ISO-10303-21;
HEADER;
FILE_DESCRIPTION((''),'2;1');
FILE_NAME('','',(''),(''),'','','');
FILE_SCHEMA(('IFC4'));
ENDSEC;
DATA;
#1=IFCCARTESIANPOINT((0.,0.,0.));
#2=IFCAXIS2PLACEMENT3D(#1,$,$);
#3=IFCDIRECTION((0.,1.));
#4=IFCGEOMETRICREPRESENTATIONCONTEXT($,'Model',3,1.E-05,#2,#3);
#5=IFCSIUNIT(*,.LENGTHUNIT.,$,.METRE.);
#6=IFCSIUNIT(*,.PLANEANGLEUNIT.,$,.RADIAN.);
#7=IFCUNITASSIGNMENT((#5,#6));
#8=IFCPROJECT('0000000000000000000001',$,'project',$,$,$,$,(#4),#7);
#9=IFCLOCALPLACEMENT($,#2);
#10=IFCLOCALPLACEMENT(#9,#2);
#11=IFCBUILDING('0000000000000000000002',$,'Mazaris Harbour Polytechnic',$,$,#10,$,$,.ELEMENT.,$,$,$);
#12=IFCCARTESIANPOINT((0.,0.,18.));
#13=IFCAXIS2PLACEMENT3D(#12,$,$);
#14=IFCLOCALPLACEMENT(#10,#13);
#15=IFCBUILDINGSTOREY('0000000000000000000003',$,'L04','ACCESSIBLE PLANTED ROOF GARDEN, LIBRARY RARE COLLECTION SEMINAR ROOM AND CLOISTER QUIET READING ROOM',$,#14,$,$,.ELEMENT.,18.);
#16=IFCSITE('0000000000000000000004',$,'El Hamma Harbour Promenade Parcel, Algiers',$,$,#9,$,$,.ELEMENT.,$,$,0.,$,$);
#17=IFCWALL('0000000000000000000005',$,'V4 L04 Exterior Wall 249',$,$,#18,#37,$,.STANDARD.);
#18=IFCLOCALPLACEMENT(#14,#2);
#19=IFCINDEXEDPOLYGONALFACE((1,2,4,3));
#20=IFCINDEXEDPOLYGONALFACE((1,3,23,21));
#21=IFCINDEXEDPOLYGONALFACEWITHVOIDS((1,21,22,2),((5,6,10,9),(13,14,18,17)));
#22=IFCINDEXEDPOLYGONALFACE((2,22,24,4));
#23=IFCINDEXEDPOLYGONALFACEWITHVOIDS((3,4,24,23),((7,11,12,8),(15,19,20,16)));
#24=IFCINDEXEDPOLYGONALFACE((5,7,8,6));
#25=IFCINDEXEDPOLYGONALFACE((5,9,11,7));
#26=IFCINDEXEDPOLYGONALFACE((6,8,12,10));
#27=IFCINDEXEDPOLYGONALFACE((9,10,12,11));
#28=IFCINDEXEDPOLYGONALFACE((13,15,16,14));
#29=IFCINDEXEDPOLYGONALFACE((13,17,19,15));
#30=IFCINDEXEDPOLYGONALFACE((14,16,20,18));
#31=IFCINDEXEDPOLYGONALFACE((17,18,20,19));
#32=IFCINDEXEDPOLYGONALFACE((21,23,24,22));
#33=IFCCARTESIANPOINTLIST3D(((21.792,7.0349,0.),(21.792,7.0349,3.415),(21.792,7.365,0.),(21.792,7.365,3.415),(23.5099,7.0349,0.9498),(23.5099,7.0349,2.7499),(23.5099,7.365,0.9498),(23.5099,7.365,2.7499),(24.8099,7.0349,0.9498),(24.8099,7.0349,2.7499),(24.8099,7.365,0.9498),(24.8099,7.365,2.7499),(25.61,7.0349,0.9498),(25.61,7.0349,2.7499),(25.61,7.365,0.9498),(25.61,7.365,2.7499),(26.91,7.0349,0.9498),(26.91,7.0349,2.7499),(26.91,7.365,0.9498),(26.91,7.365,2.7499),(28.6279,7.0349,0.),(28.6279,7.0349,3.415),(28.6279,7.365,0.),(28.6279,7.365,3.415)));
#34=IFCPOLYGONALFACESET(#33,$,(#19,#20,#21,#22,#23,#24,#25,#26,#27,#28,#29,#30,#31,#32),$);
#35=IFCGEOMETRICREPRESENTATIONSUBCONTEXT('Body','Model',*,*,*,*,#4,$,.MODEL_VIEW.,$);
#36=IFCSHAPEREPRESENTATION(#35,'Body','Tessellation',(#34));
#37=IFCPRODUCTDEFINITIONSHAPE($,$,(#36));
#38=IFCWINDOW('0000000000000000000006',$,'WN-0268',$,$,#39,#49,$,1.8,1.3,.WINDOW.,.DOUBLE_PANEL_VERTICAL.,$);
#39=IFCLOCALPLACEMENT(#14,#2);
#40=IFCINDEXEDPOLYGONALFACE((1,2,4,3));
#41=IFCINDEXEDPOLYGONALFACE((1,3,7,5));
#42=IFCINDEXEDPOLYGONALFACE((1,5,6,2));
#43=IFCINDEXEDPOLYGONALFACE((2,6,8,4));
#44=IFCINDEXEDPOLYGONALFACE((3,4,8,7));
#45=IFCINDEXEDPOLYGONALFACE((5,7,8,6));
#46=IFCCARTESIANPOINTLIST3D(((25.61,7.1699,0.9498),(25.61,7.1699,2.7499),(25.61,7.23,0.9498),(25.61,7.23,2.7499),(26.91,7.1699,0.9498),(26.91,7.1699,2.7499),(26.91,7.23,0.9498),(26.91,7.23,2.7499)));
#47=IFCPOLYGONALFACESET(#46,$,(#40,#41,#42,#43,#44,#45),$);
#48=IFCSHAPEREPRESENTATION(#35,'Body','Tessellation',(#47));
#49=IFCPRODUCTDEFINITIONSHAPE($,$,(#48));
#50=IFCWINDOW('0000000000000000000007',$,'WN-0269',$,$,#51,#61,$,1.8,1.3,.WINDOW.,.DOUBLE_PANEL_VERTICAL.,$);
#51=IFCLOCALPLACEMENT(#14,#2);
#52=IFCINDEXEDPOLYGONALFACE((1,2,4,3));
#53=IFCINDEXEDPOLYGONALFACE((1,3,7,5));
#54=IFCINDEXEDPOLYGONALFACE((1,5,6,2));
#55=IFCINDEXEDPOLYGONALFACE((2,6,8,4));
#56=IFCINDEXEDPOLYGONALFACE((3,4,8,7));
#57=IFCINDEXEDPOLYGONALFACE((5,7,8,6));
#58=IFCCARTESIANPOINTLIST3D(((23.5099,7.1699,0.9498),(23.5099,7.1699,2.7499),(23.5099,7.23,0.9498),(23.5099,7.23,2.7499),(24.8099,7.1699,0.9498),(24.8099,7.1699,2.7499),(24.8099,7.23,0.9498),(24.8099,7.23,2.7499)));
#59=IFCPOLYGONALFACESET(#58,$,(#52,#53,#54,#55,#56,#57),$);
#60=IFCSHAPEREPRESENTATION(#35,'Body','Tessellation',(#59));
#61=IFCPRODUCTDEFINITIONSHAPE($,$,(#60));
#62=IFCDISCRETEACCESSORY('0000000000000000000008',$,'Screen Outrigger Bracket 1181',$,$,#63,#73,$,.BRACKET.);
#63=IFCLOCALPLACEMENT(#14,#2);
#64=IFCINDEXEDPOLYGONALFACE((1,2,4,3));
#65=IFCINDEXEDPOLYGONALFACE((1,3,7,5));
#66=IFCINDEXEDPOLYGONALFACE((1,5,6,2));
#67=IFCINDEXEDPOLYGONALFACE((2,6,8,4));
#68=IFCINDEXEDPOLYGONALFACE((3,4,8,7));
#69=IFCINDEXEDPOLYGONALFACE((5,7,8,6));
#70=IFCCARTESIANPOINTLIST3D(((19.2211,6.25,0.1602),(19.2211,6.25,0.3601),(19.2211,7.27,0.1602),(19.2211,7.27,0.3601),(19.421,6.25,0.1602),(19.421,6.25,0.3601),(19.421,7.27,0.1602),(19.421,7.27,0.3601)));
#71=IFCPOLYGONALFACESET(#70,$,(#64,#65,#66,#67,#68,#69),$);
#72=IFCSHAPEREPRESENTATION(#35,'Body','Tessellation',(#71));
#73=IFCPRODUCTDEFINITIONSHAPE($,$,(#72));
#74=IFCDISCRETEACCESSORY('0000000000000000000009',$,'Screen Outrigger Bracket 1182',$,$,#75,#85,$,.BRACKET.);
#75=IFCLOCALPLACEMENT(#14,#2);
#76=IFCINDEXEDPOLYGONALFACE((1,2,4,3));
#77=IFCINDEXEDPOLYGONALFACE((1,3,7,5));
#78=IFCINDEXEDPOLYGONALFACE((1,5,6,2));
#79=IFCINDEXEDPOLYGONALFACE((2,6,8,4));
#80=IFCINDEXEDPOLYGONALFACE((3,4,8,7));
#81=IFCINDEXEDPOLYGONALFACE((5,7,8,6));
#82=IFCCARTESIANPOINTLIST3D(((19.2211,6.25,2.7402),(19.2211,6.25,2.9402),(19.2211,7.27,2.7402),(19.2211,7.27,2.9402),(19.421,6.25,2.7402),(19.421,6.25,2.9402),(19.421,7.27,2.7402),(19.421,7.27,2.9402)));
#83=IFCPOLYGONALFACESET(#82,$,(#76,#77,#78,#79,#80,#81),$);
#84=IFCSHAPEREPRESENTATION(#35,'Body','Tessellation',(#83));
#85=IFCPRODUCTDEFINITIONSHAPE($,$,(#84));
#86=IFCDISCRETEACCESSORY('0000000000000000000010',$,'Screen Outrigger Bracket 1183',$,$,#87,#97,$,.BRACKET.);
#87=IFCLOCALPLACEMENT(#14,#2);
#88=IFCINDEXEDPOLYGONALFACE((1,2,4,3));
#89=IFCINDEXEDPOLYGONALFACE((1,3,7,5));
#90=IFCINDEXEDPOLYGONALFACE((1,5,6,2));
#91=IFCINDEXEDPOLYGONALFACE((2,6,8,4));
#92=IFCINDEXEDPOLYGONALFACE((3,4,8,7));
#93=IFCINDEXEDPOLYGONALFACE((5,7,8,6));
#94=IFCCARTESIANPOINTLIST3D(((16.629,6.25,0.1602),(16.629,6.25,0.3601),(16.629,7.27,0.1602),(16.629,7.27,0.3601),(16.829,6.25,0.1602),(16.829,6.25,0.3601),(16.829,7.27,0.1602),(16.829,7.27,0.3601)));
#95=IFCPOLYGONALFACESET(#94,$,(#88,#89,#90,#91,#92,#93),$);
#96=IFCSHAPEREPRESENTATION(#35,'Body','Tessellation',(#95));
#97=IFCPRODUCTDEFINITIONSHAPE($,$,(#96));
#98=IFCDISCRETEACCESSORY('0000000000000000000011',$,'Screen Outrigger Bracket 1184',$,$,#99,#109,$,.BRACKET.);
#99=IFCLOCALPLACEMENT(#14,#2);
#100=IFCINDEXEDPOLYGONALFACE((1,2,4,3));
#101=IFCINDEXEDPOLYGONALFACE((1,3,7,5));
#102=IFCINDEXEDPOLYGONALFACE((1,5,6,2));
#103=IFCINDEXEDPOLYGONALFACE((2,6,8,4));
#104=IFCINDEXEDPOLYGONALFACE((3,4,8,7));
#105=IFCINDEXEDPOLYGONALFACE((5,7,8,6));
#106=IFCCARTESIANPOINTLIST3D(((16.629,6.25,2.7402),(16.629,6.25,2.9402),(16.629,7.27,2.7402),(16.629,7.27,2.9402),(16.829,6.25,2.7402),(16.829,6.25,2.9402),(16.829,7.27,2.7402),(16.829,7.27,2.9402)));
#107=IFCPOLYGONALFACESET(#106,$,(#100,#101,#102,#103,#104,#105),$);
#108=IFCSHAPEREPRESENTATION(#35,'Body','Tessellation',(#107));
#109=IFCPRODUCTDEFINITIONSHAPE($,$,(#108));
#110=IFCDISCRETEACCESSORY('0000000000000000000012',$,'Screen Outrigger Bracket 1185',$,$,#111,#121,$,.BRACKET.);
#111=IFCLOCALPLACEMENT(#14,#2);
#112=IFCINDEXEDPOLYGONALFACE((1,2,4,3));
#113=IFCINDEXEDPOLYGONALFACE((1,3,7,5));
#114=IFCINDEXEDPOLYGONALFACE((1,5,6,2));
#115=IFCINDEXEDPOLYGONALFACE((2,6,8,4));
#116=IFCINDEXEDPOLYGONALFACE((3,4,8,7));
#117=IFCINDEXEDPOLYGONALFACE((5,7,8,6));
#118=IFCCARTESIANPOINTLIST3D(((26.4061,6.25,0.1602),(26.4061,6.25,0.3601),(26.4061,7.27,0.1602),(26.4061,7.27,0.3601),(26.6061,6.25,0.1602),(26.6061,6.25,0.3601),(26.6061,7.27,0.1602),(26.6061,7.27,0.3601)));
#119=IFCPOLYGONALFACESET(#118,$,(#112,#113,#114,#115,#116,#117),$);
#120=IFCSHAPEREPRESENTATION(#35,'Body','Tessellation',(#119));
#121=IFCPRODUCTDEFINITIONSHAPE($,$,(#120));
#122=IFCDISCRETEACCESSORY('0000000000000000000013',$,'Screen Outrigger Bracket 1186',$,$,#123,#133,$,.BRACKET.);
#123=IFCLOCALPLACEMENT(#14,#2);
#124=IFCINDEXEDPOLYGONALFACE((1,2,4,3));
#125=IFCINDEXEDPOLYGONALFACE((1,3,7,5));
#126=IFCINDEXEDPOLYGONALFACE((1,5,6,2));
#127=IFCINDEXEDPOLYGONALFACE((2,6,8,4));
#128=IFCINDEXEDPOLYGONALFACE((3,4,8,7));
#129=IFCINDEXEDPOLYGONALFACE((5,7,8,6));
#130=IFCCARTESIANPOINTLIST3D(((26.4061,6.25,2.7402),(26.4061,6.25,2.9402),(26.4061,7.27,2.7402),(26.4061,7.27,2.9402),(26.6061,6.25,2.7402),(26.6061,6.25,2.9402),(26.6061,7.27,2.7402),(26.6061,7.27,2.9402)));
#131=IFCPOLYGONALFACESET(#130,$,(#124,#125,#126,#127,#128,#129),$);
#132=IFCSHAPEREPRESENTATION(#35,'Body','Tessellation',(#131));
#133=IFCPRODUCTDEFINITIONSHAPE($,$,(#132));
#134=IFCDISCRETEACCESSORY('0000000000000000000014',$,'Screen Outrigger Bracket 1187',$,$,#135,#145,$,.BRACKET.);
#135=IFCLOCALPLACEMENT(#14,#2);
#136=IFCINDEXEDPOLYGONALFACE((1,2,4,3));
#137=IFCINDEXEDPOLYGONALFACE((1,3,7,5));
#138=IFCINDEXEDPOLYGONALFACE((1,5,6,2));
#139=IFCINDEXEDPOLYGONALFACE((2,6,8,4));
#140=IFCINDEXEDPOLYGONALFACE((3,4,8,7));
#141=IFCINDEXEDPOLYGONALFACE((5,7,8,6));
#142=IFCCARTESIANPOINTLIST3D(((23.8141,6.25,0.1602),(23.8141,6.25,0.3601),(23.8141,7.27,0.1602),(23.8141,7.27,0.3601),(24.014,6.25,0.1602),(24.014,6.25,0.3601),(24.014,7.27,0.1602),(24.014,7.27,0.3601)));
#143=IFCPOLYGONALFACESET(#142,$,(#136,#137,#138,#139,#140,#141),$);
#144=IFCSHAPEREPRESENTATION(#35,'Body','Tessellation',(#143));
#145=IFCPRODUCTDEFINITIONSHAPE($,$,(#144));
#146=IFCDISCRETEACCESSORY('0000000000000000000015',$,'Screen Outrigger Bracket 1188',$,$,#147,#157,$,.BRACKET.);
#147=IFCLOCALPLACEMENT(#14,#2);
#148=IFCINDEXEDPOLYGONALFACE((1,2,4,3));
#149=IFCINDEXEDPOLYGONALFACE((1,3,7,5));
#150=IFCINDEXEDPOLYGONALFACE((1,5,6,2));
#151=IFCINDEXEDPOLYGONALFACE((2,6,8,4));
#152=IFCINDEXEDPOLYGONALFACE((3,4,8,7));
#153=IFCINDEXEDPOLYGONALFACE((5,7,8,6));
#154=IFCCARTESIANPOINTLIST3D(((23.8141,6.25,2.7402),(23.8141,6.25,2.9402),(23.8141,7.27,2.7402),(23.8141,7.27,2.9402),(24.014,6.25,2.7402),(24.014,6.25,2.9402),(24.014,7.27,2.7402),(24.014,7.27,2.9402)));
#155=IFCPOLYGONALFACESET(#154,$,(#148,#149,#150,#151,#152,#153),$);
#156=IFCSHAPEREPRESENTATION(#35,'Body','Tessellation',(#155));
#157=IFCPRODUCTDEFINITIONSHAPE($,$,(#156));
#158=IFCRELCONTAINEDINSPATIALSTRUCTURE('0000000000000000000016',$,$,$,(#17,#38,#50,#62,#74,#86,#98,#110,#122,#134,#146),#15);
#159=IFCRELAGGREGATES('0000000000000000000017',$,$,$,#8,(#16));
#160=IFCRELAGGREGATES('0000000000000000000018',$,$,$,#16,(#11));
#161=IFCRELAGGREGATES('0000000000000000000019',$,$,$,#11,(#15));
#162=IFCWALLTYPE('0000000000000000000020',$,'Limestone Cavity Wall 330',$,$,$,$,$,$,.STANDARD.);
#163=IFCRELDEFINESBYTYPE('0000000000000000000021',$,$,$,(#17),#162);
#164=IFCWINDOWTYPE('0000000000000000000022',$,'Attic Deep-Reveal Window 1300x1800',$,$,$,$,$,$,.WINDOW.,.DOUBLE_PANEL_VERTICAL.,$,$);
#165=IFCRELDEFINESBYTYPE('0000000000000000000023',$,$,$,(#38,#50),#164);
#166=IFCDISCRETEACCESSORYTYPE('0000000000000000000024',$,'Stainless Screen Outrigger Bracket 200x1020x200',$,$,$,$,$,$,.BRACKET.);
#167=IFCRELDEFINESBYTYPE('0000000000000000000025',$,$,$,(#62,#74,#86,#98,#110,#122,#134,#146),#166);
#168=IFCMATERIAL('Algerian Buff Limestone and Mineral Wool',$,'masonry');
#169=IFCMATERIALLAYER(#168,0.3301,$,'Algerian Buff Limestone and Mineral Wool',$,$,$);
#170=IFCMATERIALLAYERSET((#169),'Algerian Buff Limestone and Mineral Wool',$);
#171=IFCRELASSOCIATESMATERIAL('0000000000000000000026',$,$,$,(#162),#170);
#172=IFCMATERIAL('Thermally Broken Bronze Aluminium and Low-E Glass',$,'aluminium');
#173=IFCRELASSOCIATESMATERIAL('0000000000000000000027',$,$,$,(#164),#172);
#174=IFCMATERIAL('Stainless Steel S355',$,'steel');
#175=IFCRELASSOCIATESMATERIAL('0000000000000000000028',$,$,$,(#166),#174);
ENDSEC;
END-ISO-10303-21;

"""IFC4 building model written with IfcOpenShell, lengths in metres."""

from ifc_helpers import new_model, si_unit, direction, frame, frame_2d, origin, origin_2d, place, context, subcontext, project, spatial, rectangle, extrude, material, layer, layer_set, type_object, element, fill, save


model = new_model("IFC4")

# Units and contexts
model_context = context("Model", 3, precision=1e-05, world=origin(), true_north=direction((0.0, 1.0)))
body_context = subcontext(model_context, "Body", "Model", "MODEL_VIEW")
ifc_project = project(units=[si_unit("LENGTHUNIT", "METRE"), si_unit("PLANEANGLEUNIT", "RADIAN")], contexts=[model_context])

# Site, building, storey
site_placement = place(None, origin())
site = spatial("IfcSite", under=ifc_project, at=site_placement, Name="El Hamma Harbour Promenade Parcel, Algiers", CompositionType="ELEMENT", RefElevation=0.0)
building_placement = place(site_placement, origin())
building = spatial("IfcBuilding", under=site, at=building_placement, Name="Mazaris Harbour Polytechnic", CompositionType="ELEMENT")
storey_placement = place(building_placement, frame((0.0, 0.0, 18.0)))
storey = spatial("IfcBuildingStorey", under=building, at=storey_placement, Name="L04", Description="ACCESSIBLE PLANTED ROOF GARDEN, LIBRARY RARE COLLECTION SEMINAR ROOM AND CLOISTER QUIET READING ROOM", CompositionType="ELEMENT", Elevation=18.0)

# Wall, openings, windows
ifc_material_1 = material(Name="Algerian Buff Limestone and Mineral Wool", Category="masonry")
ifc_layer = layer(ifc_material_1, 0.3301, Name="Algerian Buff Limestone and Mineral Wool")
ifc_layer_set = layer_set([ifc_layer], Name="Algerian Buff Limestone and Mineral Wool")
wall_type = type_object("IfcWallType", Name="Limestone Cavity Wall 330", PredefinedType="STANDARD", material=ifc_layer_set)
wall_1_placement = place(storey_placement, frame((28.6279, 7.2, 0.0), z_axis=(0.0, 0.0, 1.0), x_axis=(-1.0, 0.0, 0.0)))
wall_1 = element("IfcWall", 1, at=wall_1_placement, inside=storey, type_object=wall_type, Name="V4 L04 Exterior Wall 249", PredefinedType="STANDARD", context=body_context, shape_type="SweptSolid", body=[
    extrude(rectangle(XDim=6.8359, YDim=0.3301, at=frame_2d((3.418, 0.0))), origin(), (0.0, 0.0, 1.0), 3.415),
])
opening_1_placement = place(wall_1_placement, frame((1.718, 0.0, 0.95)))
opening_1 = element("IfcOpeningElement", 2, at=opening_1_placement, cuts=wall_1, PredefinedType="OPENING", context=body_context, shape_type="SweptSolid", body=[
    extrude(rectangle(XDim=1.3, YDim=1.8, at=frame_2d((0.6499, 0.8999))), frame((0.0, 0.175, 0.0), z_axis=(0.0, -1.0, 0.0), x_axis=(1.0, 0.0, 0.0)), (0.0, 0.0, 1.0), 0.3501),
])
opening_2_placement = place(wall_1_placement, frame((3.8181, 0.0, 0.95)))
opening_2 = element("IfcOpeningElement", 3, at=opening_2_placement, cuts=wall_1, PredefinedType="OPENING", context=body_context, shape_type="SweptSolid", body=[
    extrude(rectangle(XDim=1.3, YDim=1.8, at=frame_2d((0.6499, 0.8999))), frame((0.0, 0.175, 0.0), z_axis=(0.0, -1.0, 0.0), x_axis=(1.0, 0.0, 0.0)), (0.0, 0.0, 1.0), 0.3501),
])
ifc_material_2 = material(Name="Thermally Broken Bronze Aluminium and Low-E Glass", Category="aluminium")
window_type_1 = type_object("IfcWindowType", Name="Attic Deep-Reveal Window 1300x1800", PartitioningType="DOUBLE_PANEL_VERTICAL", PredefinedType="WINDOW", material=ifc_material_2)
window_1_placement = place(opening_1_placement, origin())
window_1 = element("IfcWindow", 4, at=window_1_placement, inside=storey, type_object=window_type_1, Name="WN-0268", OverallHeight=1.8, OverallWidth=1.3, PartitioningType="DOUBLE_PANEL_VERTICAL", PredefinedType="WINDOW", context=body_context, shape_type="SweptSolid", body=[
    extrude(rectangle(XDim=1.3, YDim=1.8, at=frame_2d((0.6499, 0.8999))), frame((0.0, 0.03, 0.0), z_axis=(0.0, -1.0, 0.0), x_axis=(1.0, 0.0, 0.0)), (0.0, 0.0, 1.0), 0.0601),
])
fill(opening_1, window_1)
window_2_placement = place(opening_2_placement, origin())
window_2 = element("IfcWindow", 5, at=window_2_placement, inside=storey, type_object=window_type_1, Name="WN-0269", OverallHeight=1.8, OverallWidth=1.3, PartitioningType="DOUBLE_PANEL_VERTICAL", PredefinedType="WINDOW", context=body_context, shape_type="SweptSolid", body=[
    extrude(rectangle(XDim=1.3, YDim=1.8, at=frame_2d((0.6499, 0.8999))), frame((0.0, 0.03, 0.0), z_axis=(0.0, -1.0, 0.0), x_axis=(1.0, 0.0, 0.0)), (0.0, 0.0, 1.0), 0.0601),
])
fill(opening_2, window_2)

# Discrete accessories
ifc_material_3 = material(Name="Stainless Steel S355", Category="steel")
discrete_accessory_type = type_object("IfcDiscreteAccessoryType", Name="Stainless Screen Outrigger Bracket 200x1020x200", PredefinedType="BRACKET", material=ifc_material_3)
for number, where, z_axis, x_axis, name in (
    (6, (19.321, 6.76, 0.1602), (0.0, 0.0, 1.0), (-1.0, 0.0, 0.0), "Screen Outrigger Bracket 1181"),
    (7, (19.321, 6.76, 2.7402), (0.0, 0.0, 1.0), (-1.0, 0.0, 0.0), "Screen Outrigger Bracket 1182"),
    (8, (16.729, 6.76, 0.1602), (0.0, 0.0, 1.0), (-1.0, 0.0, 0.0), "Screen Outrigger Bracket 1183"),
    (9, (16.729, 6.76, 2.7402), (0.0, 0.0, 1.0), (-1.0, 0.0, 0.0), "Screen Outrigger Bracket 1184"),
    (10, (26.5061, 6.76, 0.1602), (0.0, 0.0, 1.0), (-1.0, 0.0, 0.0), "Screen Outrigger Bracket 1185"),
    (11, (26.5061, 6.76, 2.7402), (0.0, 0.0, 1.0), (-1.0, 0.0, 0.0), "Screen Outrigger Bracket 1186"),
    (12, (23.9141, 6.76, 0.1602), (0.0, 0.0, 1.0), (-1.0, 0.0, 0.0), "Screen Outrigger Bracket 1187"),
    (13, (23.9141, 6.76, 2.7402), (0.0, 0.0, 1.0), (-1.0, 0.0, 0.0), "Screen Outrigger Bracket 1188"),
):
    element("IfcDiscreteAccessory", number, at=place(storey_placement, frame(where, z_axis=z_axis, x_axis=x_axis)), inside=storey, type_object=discrete_accessory_type, Name=name, PredefinedType="BRACKET", context=body_context, shape_type="SweptSolid", body=[
        extrude(rectangle(XDim=0.2, YDim=1.02, at=origin_2d()), origin(), (0.0, 0.0, 1.0), 0.2),
    ])

save(model, "model.ifc")
